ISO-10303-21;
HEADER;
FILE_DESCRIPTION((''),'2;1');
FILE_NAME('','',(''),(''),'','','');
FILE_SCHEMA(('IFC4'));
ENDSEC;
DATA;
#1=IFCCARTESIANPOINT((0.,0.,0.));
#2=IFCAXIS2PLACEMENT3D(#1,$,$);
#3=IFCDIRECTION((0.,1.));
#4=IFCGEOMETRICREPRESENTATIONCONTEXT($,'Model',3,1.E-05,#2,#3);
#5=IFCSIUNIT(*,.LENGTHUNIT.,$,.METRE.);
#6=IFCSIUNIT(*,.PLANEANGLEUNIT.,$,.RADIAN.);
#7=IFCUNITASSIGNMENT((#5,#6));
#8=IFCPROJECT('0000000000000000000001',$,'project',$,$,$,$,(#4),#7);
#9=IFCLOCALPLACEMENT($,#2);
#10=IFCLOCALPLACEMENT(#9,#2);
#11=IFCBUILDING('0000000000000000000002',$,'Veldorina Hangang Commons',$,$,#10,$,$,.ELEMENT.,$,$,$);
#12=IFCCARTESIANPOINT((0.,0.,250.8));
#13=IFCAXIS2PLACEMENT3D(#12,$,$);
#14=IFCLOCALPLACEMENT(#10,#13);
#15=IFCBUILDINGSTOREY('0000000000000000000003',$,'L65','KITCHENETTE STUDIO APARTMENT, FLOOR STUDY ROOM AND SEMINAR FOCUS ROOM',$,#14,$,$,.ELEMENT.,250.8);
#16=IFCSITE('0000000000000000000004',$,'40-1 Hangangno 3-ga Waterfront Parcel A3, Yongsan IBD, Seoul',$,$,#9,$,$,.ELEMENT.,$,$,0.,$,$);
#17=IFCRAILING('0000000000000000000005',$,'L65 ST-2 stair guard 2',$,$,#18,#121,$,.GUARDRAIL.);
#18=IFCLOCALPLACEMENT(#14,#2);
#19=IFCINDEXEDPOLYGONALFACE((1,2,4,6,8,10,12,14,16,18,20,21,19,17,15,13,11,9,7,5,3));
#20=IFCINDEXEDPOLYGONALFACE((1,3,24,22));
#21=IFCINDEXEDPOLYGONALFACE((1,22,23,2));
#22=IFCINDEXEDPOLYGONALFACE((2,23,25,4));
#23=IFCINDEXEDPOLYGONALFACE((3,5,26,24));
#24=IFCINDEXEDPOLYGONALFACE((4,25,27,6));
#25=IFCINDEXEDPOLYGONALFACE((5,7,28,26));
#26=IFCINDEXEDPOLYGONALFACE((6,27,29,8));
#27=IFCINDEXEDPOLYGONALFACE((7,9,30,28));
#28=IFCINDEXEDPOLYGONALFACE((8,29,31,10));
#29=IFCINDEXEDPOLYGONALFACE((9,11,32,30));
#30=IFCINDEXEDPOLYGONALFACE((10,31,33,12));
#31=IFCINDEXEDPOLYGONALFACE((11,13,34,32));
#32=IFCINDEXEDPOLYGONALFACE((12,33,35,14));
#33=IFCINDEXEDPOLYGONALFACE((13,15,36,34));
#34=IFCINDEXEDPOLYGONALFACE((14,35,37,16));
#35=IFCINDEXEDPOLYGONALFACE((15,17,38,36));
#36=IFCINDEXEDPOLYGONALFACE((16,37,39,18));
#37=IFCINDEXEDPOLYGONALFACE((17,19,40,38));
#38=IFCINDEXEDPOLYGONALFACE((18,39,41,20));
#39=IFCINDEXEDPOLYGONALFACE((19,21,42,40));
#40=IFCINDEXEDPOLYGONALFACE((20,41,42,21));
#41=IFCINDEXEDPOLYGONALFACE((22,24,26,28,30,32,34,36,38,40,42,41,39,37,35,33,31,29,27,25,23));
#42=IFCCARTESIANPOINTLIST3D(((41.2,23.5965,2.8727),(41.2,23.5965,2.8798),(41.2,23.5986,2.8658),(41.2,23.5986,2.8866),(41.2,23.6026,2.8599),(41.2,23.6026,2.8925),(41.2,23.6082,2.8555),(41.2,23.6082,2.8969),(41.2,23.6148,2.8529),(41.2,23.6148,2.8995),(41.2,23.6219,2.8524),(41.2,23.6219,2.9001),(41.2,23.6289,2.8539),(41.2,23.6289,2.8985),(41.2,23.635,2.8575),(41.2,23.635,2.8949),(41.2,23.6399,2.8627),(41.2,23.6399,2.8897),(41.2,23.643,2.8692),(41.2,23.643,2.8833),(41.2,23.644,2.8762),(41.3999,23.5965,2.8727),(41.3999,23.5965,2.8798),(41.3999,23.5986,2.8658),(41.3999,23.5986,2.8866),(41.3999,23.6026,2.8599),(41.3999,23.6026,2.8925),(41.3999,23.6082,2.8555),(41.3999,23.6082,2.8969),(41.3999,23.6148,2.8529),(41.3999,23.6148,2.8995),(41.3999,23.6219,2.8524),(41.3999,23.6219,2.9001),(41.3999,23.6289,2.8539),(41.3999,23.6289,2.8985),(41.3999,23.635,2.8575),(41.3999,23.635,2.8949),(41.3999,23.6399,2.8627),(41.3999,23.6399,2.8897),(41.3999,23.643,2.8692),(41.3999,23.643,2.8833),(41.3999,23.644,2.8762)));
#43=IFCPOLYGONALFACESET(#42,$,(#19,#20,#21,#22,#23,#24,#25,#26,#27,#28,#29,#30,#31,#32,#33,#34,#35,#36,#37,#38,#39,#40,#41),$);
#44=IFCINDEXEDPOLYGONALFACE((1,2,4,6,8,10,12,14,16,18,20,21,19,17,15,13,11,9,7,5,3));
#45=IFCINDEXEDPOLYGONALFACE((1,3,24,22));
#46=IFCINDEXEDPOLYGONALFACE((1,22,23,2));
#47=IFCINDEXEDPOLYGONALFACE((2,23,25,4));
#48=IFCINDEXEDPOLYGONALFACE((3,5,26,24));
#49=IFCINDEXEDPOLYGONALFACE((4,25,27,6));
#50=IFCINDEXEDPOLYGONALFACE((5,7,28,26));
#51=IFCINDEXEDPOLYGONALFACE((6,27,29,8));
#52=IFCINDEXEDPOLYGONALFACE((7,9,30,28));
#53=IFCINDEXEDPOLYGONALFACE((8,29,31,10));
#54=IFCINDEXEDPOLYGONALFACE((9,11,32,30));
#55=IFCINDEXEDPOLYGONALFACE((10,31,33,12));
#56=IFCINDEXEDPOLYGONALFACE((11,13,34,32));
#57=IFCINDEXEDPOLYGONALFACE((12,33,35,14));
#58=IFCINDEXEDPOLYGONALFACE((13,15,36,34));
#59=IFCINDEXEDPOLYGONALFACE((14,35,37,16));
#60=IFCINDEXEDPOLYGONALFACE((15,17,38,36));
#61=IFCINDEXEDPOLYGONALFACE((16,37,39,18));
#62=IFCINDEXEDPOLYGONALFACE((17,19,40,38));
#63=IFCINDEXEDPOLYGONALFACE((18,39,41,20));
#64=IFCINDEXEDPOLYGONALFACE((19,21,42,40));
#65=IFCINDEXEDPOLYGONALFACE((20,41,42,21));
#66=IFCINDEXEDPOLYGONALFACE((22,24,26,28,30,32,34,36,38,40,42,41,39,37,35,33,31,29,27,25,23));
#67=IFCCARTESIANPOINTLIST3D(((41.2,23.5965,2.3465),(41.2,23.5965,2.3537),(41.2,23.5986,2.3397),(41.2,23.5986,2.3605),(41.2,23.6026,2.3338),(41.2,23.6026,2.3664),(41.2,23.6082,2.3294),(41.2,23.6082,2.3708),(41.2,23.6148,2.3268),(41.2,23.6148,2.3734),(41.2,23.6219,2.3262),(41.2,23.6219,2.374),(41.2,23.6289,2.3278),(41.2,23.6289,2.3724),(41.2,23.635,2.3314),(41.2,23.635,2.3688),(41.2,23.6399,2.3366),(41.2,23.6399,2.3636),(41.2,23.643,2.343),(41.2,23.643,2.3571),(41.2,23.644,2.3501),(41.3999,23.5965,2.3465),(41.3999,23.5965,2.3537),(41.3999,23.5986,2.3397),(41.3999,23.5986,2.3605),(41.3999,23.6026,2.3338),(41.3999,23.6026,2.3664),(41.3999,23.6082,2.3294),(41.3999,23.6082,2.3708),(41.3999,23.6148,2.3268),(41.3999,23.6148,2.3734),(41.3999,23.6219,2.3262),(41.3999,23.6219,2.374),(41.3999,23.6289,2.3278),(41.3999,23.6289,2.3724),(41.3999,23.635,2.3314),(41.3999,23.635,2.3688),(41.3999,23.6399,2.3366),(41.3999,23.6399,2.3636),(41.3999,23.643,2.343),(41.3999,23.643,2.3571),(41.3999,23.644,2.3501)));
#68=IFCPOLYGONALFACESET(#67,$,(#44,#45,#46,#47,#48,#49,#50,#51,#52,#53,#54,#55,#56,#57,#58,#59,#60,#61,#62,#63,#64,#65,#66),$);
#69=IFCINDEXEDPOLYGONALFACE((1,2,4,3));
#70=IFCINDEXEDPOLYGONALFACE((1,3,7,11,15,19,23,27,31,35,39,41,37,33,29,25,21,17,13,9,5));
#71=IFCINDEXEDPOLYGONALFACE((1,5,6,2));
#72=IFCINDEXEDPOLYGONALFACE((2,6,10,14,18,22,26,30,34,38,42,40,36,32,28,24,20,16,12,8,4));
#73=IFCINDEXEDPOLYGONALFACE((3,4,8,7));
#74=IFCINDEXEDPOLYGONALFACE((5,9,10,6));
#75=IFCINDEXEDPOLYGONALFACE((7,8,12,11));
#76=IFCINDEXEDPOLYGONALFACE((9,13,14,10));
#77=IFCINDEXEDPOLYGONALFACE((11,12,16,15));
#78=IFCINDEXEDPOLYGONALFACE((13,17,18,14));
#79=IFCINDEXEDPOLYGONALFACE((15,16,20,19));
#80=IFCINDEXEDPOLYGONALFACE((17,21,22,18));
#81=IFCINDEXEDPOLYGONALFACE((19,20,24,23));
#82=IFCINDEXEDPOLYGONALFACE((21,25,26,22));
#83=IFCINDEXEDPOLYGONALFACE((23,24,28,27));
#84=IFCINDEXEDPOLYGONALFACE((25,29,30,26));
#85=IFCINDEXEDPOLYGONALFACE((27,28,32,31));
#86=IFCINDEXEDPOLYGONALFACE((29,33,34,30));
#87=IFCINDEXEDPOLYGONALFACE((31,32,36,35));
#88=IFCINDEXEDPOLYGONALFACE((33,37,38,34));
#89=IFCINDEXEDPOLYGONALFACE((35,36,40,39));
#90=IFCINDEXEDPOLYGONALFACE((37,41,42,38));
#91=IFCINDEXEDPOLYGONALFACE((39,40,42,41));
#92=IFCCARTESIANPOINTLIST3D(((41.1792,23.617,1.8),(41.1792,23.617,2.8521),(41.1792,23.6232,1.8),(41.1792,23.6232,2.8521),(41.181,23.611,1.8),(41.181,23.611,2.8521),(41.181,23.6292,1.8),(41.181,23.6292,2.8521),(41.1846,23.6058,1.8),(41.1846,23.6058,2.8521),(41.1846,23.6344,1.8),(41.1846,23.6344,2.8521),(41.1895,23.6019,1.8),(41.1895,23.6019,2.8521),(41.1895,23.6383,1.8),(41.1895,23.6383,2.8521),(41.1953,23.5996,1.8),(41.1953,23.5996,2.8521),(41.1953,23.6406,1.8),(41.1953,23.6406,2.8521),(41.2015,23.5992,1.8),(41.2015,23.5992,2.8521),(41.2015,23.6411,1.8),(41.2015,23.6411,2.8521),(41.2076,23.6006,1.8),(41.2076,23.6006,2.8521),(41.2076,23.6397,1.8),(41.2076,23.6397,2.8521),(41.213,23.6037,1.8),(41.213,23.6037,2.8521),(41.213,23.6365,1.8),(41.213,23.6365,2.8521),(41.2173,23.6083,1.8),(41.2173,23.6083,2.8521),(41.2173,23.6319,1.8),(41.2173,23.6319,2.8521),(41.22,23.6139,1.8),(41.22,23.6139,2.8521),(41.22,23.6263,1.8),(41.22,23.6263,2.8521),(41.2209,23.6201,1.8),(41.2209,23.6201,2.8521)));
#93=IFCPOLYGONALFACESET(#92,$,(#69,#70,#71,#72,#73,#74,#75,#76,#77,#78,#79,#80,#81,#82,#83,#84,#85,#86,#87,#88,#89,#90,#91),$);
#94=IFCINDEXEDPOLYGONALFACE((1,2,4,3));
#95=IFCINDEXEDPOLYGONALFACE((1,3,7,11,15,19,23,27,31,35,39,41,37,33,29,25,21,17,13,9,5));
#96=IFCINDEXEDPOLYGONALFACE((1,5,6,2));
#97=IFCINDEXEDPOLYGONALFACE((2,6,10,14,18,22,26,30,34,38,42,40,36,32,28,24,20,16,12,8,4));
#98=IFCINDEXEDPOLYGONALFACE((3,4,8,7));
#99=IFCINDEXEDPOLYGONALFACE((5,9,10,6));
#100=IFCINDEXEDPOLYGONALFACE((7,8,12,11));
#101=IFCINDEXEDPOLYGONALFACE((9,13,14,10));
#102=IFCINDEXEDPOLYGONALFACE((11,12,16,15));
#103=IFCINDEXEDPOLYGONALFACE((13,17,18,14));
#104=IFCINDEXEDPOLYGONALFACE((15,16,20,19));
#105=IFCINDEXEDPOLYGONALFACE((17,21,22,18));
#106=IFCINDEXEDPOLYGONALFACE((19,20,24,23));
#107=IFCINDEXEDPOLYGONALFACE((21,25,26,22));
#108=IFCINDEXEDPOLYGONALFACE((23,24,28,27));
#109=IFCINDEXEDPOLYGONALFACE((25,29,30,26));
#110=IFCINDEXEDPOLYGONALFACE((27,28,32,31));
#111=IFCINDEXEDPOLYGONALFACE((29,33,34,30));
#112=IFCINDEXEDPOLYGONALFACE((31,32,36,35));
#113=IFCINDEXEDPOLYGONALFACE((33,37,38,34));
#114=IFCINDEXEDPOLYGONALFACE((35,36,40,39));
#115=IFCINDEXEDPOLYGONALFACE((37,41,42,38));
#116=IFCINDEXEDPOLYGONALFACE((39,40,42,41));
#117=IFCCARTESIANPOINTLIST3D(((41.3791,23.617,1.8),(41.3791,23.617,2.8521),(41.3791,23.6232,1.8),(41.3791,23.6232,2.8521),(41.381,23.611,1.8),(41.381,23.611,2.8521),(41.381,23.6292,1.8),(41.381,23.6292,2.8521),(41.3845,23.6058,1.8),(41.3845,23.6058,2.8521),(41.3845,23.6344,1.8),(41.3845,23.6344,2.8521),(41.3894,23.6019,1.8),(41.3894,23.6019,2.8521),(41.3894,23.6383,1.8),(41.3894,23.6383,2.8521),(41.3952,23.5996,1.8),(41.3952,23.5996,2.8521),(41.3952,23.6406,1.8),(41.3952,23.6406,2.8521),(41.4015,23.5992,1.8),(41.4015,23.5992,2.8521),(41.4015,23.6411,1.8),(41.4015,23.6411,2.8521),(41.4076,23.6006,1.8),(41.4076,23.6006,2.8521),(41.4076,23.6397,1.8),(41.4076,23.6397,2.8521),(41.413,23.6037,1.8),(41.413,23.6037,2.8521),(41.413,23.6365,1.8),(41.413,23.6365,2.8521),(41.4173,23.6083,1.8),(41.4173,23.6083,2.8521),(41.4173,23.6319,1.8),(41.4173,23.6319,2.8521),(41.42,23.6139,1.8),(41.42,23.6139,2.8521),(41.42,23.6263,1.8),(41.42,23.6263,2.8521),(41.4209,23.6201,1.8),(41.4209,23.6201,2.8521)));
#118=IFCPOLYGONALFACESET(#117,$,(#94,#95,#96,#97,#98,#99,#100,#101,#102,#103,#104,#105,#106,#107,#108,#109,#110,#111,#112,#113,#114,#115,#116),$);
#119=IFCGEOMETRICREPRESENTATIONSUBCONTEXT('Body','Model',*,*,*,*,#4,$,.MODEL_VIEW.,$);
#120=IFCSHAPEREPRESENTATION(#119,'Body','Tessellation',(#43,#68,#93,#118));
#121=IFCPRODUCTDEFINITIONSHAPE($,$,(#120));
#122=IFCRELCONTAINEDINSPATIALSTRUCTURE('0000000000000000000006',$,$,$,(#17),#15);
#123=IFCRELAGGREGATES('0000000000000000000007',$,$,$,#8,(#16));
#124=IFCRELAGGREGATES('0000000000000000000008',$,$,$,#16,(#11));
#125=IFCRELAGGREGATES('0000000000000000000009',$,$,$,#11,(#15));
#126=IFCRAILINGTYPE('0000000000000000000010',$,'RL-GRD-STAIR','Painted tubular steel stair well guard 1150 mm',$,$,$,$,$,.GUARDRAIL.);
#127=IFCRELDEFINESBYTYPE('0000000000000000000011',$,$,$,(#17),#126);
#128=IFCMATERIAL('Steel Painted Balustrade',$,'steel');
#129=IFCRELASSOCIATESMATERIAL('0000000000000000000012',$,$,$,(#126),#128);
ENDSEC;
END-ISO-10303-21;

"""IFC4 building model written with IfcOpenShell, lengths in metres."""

from ifc_helpers import new_model, si_unit, direction, frame, origin, origin_2d, place, context, subcontext, project, spatial, circle, extrude, material, type_object, element, save


model = new_model("IFC4")

# Units and contexts
model_context = context("Model", 3, precision=1e-05, world=origin(), true_north=direction((0.0, 1.0)))
body_context = subcontext(model_context, "Body", "Model", "MODEL_VIEW")
ifc_project = project(units=[si_unit("LENGTHUNIT", "METRE"), si_unit("PLANEANGLEUNIT", "RADIAN")], contexts=[model_context])

# Site, building, storey
site_placement = place(None, origin())
site = spatial("IfcSite", under=ifc_project, at=site_placement, Name="40-1 Hangangno 3-ga Waterfront Parcel A3, Yongsan IBD, Seoul", CompositionType="ELEMENT", RefElevation=0.0)
building_placement = place(site_placement, origin())
building = spatial("IfcBuilding", under=site, at=building_placement, Name="Veldorina Hangang Commons", CompositionType="ELEMENT")
storey_placement = place(building_placement, frame((0.0, 0.0, 250.8)))
storey = spatial("IfcBuildingStorey", under=building, at=storey_placement, Name="L65", Description="KITCHENETTE STUDIO APARTMENT, FLOOR STUDY ROOM AND SEMINAR FOCUS ROOM", CompositionType="ELEMENT", Elevation=250.8)

# Railing
ifc_material_1 = material(Name="Steel Painted Balustrade", Category="steel")
railing_type_1 = type_object("IfcRailingType", Name="RL-GRD-STAIR", Description="Painted tubular steel stair well guard 1150 mm", PredefinedType="GUARDRAIL", material=ifc_material_1)
railing_1_placement = place(storey_placement, frame((41.2, 23.6201, 1.8)))
element("IfcRailing", 1, at=railing_1_placement, inside=storey, type_object=railing_type_1, Name="L65 ST-2 stair guard 2", PredefinedType="GUARDRAIL", context=body_context, shape_type="SweptSolid", body=[
    extrude(circle(Radius=0.0239, at=origin_2d()), frame((0.0, 0.0, 1.0762), z_axis=(1.0, 0.0, 0.0), x_axis=(0.0, 1.0, 0.0)), (0.0, 0.0, 1.0), 0.2),
    extrude(circle(Radius=0.0239, at=origin_2d()), frame((0.0, 0.0, 0.55), z_axis=(1.0, 0.0, 0.0), x_axis=(0.0, 1.0, 0.0)), (0.0, 0.0, 1.0), 0.2),
    extrude(circle(Radius=0.021, at=origin_2d()), origin(), (0.0, 0.0, 1.0), 1.052),
    extrude(circle(Radius=0.021, at=origin_2d()), frame((0.2, 0.0, 0.0)), (0.0, 0.0, 1.0), 1.052),
])

save(model, "model.ifc")
